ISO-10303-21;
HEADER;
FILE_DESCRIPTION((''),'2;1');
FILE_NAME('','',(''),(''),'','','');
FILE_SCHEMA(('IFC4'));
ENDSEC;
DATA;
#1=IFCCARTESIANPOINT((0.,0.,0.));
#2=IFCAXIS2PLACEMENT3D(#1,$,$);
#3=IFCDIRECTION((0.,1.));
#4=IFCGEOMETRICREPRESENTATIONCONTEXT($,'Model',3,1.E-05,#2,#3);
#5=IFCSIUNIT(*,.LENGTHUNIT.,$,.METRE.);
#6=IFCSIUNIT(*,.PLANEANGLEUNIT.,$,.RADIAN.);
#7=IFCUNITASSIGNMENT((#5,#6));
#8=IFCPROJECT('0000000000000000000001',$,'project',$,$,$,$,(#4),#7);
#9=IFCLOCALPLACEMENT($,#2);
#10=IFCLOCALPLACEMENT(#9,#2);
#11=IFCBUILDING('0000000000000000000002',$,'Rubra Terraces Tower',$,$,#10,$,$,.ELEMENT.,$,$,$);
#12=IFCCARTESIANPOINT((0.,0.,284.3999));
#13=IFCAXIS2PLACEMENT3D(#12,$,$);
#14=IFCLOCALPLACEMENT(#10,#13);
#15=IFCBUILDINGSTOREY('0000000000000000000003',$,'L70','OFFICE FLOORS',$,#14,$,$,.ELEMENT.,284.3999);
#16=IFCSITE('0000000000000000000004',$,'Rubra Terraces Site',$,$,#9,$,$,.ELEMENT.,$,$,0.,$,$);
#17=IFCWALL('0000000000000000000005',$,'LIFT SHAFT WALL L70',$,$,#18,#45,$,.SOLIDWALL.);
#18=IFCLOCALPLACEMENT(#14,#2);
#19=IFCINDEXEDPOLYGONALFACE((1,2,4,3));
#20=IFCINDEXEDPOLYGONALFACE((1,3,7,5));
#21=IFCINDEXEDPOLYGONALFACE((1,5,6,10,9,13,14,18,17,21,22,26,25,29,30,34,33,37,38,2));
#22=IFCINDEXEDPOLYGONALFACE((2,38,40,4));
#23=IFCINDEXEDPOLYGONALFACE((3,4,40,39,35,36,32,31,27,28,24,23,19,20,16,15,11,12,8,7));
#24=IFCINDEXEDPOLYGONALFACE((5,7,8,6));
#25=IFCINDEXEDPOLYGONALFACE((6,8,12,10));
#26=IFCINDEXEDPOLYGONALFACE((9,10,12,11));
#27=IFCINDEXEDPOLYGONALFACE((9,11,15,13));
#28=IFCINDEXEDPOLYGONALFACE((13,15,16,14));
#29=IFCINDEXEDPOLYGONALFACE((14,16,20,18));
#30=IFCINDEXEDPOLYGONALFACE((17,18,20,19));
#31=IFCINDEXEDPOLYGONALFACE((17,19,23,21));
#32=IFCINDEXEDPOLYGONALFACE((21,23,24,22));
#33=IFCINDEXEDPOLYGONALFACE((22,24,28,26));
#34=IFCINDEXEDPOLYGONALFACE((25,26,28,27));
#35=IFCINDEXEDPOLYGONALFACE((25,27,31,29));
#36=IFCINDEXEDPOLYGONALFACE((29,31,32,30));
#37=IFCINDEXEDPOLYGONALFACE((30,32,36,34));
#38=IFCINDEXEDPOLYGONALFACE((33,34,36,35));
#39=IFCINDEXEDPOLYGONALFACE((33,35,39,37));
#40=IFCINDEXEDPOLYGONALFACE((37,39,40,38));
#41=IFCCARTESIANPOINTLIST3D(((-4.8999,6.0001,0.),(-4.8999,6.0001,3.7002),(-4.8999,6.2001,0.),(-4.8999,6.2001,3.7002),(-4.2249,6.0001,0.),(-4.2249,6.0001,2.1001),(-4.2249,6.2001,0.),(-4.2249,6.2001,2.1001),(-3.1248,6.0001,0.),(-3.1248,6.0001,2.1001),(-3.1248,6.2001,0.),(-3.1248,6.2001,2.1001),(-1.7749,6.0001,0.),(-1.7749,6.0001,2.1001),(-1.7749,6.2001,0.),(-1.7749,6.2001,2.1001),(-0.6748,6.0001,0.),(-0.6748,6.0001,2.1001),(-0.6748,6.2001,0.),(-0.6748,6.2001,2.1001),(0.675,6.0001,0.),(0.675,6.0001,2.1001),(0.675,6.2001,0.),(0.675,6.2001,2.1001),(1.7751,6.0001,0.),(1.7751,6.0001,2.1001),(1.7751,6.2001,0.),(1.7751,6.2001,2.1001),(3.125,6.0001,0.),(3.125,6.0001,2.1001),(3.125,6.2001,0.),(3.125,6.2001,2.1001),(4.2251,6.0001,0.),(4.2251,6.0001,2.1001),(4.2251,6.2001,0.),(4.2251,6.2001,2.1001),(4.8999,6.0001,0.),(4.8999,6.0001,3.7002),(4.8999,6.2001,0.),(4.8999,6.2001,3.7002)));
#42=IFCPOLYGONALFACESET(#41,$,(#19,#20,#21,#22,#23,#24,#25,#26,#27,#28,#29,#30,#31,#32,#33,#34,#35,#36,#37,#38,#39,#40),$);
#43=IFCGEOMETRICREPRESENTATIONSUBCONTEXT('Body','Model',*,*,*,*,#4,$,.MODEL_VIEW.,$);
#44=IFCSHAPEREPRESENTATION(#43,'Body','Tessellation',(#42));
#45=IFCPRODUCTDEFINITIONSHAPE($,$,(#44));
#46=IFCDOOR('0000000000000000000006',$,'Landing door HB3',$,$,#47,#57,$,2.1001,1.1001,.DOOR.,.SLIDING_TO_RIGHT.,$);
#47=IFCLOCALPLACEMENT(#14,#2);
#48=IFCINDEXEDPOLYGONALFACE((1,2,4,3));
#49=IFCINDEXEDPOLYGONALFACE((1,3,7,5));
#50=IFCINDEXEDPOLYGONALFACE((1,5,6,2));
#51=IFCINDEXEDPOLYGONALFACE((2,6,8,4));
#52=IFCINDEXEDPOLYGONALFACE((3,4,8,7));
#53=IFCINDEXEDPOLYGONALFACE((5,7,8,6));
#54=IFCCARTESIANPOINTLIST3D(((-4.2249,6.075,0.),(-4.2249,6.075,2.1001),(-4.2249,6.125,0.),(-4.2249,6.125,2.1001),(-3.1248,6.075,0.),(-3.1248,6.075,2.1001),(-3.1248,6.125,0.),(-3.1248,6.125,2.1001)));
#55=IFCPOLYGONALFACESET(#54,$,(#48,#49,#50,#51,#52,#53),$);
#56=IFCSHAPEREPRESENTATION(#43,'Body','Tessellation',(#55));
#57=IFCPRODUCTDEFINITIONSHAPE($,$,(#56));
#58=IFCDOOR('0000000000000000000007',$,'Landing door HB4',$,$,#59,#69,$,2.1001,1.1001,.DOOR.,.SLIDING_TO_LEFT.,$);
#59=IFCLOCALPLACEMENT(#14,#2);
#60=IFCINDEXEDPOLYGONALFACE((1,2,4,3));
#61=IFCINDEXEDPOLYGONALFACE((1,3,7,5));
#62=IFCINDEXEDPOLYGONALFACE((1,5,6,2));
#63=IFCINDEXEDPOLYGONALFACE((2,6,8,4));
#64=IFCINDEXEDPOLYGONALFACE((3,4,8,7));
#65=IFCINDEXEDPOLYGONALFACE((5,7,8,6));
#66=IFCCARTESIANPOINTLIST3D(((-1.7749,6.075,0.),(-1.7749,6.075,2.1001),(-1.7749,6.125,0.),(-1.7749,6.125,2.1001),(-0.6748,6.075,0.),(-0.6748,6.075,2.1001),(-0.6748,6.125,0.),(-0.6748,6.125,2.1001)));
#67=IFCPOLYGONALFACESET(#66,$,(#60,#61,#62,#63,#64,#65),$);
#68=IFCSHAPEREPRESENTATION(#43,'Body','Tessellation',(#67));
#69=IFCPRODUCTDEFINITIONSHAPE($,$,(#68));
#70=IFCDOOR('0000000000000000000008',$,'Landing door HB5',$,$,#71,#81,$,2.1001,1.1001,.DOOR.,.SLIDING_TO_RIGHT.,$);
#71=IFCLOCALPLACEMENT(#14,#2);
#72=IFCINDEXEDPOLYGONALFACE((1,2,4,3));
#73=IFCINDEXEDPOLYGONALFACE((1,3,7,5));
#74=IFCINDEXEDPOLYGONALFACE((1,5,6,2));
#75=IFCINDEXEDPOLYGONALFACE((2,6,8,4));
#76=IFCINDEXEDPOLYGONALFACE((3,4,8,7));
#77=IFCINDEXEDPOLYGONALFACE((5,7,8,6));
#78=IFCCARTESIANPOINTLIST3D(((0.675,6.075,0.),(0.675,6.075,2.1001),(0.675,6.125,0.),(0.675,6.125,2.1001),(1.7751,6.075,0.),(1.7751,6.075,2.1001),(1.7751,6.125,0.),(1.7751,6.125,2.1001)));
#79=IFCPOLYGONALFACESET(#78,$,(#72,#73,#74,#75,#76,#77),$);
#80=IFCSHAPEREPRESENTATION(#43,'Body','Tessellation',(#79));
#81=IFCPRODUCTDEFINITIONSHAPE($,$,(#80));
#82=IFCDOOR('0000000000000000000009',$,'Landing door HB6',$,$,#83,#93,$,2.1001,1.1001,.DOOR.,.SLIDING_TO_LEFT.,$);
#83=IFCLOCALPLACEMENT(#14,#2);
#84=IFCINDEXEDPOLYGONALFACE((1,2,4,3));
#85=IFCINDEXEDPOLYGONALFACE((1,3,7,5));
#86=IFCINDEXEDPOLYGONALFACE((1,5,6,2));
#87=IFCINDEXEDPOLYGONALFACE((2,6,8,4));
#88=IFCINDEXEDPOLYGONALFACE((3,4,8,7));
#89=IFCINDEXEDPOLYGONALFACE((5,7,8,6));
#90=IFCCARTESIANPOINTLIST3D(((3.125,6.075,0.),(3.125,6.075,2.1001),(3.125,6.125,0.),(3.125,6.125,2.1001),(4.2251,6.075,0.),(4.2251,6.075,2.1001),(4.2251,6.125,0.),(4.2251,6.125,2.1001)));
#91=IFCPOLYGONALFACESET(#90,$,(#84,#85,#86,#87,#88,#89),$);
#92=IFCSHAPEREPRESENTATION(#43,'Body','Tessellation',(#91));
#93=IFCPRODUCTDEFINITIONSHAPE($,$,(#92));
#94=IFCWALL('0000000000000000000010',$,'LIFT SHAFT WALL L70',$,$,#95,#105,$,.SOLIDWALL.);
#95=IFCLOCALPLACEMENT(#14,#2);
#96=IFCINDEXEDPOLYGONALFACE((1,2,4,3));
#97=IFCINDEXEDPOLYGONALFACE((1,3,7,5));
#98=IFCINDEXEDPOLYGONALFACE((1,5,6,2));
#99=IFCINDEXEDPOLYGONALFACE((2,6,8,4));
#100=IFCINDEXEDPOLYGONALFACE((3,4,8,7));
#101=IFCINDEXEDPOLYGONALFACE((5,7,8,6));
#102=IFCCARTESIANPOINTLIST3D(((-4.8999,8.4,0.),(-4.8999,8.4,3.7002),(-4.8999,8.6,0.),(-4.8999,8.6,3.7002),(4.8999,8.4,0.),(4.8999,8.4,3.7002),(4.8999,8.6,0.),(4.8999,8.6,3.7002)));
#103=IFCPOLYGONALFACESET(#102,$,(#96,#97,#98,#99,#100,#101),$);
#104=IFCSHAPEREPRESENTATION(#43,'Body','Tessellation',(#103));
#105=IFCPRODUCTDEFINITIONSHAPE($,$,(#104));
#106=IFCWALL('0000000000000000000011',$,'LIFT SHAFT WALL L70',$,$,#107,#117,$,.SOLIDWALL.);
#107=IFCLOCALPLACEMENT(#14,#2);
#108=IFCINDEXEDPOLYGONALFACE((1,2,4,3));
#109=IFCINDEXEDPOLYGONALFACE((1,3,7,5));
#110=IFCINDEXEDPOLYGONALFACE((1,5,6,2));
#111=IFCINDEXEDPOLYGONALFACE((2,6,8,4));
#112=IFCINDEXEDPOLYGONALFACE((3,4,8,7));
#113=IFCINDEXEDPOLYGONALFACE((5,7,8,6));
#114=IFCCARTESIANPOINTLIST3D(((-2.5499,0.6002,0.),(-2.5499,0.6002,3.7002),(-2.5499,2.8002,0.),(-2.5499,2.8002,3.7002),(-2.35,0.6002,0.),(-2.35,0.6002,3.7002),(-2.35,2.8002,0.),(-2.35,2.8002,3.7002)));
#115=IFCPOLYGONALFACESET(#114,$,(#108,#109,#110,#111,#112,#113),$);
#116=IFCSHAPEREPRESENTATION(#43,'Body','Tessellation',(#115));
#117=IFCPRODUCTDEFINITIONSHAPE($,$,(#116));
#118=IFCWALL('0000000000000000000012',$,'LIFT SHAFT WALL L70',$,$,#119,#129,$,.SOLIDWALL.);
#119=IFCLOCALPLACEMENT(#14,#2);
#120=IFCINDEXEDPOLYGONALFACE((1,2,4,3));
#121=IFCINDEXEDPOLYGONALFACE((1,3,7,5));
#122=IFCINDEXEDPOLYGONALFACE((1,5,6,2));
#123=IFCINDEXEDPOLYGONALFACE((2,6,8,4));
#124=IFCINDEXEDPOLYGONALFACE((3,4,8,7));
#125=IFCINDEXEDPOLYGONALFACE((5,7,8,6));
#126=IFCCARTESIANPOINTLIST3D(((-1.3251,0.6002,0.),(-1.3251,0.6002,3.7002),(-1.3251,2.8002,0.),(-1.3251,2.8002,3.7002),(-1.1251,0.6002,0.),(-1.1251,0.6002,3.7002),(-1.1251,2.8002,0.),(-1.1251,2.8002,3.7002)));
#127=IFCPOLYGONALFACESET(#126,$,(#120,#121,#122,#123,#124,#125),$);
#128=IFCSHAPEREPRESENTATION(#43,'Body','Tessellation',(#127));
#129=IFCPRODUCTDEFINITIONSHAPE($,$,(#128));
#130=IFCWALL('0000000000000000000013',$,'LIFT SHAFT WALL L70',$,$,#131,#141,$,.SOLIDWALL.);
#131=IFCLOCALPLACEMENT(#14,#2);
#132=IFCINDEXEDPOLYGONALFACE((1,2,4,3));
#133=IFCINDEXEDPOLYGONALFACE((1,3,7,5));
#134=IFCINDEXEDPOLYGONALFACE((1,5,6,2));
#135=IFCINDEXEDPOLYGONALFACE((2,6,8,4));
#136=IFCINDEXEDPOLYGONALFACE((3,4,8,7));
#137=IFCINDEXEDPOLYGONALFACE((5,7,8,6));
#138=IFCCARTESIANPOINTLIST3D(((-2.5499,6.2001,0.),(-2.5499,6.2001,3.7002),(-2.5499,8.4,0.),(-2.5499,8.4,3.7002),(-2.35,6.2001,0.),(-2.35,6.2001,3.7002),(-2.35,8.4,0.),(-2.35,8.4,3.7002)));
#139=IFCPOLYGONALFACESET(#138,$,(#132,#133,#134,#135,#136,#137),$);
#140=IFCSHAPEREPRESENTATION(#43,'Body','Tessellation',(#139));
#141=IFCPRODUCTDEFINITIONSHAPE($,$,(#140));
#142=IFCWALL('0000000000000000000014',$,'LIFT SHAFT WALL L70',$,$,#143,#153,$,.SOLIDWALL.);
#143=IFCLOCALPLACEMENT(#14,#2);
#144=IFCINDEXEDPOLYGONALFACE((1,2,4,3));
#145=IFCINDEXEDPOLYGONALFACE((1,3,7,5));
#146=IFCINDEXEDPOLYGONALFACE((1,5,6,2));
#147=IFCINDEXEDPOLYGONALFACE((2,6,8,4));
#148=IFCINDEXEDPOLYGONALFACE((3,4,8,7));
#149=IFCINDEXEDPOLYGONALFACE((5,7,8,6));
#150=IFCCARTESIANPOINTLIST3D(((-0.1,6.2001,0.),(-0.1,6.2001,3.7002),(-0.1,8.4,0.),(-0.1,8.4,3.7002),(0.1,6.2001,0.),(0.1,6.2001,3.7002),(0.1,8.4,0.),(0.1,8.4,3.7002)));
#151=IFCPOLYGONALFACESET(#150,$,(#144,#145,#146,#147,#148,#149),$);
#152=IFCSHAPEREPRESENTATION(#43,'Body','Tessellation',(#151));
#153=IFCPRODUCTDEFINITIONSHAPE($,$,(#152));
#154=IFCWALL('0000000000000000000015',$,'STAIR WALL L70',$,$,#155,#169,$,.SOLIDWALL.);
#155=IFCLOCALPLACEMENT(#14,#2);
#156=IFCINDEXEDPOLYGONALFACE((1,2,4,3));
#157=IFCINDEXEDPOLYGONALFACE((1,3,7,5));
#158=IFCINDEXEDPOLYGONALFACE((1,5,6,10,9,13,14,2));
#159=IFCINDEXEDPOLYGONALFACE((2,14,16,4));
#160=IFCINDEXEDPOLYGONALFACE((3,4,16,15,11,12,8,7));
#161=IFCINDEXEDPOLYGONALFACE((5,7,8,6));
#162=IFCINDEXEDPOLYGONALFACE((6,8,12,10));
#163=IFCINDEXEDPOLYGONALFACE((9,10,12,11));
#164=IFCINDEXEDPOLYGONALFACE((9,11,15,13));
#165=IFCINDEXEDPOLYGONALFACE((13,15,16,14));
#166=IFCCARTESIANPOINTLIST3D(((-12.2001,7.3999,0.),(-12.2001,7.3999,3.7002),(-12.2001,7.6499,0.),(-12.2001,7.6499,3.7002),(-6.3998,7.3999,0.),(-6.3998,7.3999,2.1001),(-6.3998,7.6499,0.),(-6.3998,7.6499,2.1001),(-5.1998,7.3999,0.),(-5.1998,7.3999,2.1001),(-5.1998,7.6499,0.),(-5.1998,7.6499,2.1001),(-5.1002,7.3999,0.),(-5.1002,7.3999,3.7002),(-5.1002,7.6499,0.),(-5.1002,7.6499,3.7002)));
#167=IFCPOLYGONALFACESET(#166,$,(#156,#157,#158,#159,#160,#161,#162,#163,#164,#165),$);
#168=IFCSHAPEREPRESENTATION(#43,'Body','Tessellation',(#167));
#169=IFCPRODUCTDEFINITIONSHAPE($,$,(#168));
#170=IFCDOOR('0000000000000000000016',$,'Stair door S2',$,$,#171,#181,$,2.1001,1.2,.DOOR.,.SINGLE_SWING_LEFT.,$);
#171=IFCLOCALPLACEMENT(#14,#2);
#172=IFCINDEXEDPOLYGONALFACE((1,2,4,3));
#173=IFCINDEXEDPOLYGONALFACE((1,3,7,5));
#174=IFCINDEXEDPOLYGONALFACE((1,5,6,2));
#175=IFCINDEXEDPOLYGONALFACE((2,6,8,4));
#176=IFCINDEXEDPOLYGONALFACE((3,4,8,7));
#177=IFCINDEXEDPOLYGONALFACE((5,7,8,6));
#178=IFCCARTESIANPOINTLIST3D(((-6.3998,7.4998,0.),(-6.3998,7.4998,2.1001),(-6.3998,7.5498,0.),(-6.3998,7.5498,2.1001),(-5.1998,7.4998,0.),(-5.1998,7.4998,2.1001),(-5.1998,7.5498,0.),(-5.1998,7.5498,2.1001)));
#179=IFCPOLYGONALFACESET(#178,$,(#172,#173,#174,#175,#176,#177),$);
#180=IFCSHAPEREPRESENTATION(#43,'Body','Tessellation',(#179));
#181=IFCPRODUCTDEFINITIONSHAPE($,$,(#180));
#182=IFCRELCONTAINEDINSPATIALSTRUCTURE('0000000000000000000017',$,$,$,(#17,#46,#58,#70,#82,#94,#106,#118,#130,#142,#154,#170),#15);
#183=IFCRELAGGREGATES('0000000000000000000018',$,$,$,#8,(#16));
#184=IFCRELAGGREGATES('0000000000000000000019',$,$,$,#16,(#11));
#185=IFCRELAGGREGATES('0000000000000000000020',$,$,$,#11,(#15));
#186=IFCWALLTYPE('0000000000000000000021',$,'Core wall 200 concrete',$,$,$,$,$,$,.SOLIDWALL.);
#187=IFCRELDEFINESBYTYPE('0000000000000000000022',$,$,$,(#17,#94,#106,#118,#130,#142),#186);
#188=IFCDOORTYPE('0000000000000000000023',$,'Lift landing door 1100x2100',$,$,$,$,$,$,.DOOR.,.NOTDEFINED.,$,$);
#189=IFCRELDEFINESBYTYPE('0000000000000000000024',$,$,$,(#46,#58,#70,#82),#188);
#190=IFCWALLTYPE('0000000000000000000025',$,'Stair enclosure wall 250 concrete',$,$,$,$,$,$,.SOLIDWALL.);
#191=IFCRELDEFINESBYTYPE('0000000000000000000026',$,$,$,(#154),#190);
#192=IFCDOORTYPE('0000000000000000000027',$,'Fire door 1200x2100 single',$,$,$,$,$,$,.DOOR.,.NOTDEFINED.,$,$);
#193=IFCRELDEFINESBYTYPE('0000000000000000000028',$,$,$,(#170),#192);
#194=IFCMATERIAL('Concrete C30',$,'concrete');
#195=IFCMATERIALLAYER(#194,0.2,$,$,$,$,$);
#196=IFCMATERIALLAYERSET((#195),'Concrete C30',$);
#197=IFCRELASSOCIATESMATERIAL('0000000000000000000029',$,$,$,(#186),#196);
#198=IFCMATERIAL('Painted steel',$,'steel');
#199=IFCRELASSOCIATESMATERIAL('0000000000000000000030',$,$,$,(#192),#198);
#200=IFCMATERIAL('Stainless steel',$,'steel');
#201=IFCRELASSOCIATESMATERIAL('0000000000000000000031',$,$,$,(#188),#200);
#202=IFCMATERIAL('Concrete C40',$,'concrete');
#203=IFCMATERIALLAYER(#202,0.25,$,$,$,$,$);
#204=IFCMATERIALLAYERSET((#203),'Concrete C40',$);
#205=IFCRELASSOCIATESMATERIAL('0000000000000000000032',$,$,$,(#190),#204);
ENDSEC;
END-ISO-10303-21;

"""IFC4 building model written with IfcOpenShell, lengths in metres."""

from ifc_helpers import new_model, si_unit, direction, frame, frame_2d, origin, place, context, subcontext, project, spatial, rectangle, extrude, material, layer, layer_set, type_object, element, fill, save


model = new_model("IFC4")

# Units and contexts
model_context = context("Model", 3, precision=1e-05, world=origin(), true_north=direction((0.0, 1.0)))
body_context = subcontext(model_context, "Body", "Model", "MODEL_VIEW")
ifc_project = project(units=[si_unit("LENGTHUNIT", "METRE"), si_unit("PLANEANGLEUNIT", "RADIAN")], contexts=[model_context])

# Site, building, storey
site_placement = place(None, origin())
site = spatial("IfcSite", under=ifc_project, at=site_placement, Name="Rubra Terraces Site", CompositionType="ELEMENT", RefElevation=0.0)
building_placement = place(site_placement, origin())
building = spatial("IfcBuilding", under=site, at=building_placement, Name="Rubra Terraces Tower", CompositionType="ELEMENT")
storey_placement = place(building_placement, frame((0.0, 0.0, 284.3999)))
storey = spatial("IfcBuildingStorey", under=building, at=storey_placement, Name="L70", Description="OFFICE FLOORS", CompositionType="ELEMENT", Elevation=284.3999)

# Shared definitions
ifc_material_1 = material(Name="Concrete C40", Category="concrete")

# Shared definitions
ifc_material_2 = material(Name="Concrete C30", Category="concrete")
ifc_layer_1 = layer(ifc_material_2, 0.2)
ifc_layer_set_1 = layer_set([ifc_layer_1], Name="Concrete C30")
wall_type_1 = type_object("IfcWallType", Name="Core wall 200 concrete", PredefinedType="SOLIDWALL", material=ifc_layer_set_1)
ifc_material_3 = material(Name="Painted steel", Category="steel")
door_type_1 = type_object("IfcDoorType", Name="Fire door 1200x2100 single", OperationType="NOTDEFINED", PredefinedType="DOOR", material=ifc_material_3)
ifc_material_4 = material(Name="Stainless steel", Category="steel")

# Wall, openings, doors
door_type_2 = type_object("IfcDoorType", Name="Lift landing door 1100x2100", OperationType="NOTDEFINED", PredefinedType="DOOR", material=ifc_material_4)
wall_1_placement = place(storey_placement, frame((-4.8999, 6.1001, 0.0), z_axis=(0.0, 0.0, 1.0), x_axis=(1.0, 0.0, 0.0)))
wall_1 = element("IfcWall", 1, at=wall_1_placement, inside=storey, type_object=wall_type_1, Name="LIFT SHAFT WALL L70", PredefinedType="SOLIDWALL", context=body_context, shape_type="SweptSolid", body=[
    extrude(rectangle(XDim=9.7998, YDim=0.2, at=frame_2d((4.8999, 0.0))), origin(), (0.0, 0.0, 1.0), 3.7002),
])
opening_1_placement = place(wall_1_placement, frame((0.675, 0.0, 0.0)))
opening_1 = element("IfcOpeningElement", 2, at=opening_1_placement, cuts=wall_1, PredefinedType="OPENING", context=body_context, shape_type="SweptSolid", body=[
    extrude(rectangle(XDim=1.1001, YDim=2.1001, at=frame_2d((0.55, 1.05))), frame((0.0, 0.1099, 0.0), z_axis=(0.0, -1.0, 0.0), x_axis=(1.0, 0.0, 0.0)), (0.0, 0.0, 1.0), 0.22),
])
opening_2_placement = place(wall_1_placement, frame((3.125, 0.0, 0.0)))
opening_2 = element("IfcOpeningElement", 3, at=opening_2_placement, cuts=wall_1, PredefinedType="OPENING", context=body_context, shape_type="SweptSolid", body=[
    extrude(rectangle(XDim=1.1001, YDim=2.1001, at=frame_2d((0.55, 1.05))), frame((0.0, 0.1099, 0.0), z_axis=(0.0, -1.0, 0.0), x_axis=(1.0, 0.0, 0.0)), (0.0, 0.0, 1.0), 0.22),
])
opening_3_placement = place(wall_1_placement, frame((5.575, 0.0, 0.0)))
opening_3 = element("IfcOpeningElement", 4, at=opening_3_placement, cuts=wall_1, PredefinedType="OPENING", context=body_context, shape_type="SweptSolid", body=[
    extrude(rectangle(XDim=1.1001, YDim=2.1001, at=frame_2d((0.55, 1.05))), frame((0.0, 0.1099, 0.0), z_axis=(0.0, -1.0, 0.0), x_axis=(1.0, 0.0, 0.0)), (0.0, 0.0, 1.0), 0.22),
])
opening_4_placement = place(wall_1_placement, frame((8.0249, 0.0, 0.0)))
opening_4 = element("IfcOpeningElement", 5, at=opening_4_placement, cuts=wall_1, PredefinedType="OPENING", context=body_context, shape_type="SweptSolid", body=[
    extrude(rectangle(XDim=1.1001, YDim=2.1001, at=frame_2d((0.55, 1.05))), frame((0.0, 0.1099, 0.0), z_axis=(0.0, -1.0, 0.0), x_axis=(1.0, 0.0, 0.0)), (0.0, 0.0, 1.0), 0.22),
])
door_1_placement = place(opening_1_placement, origin())
door_1 = element("IfcDoor", 6, at=door_1_placement, inside=storey, type_object=door_type_2, Name="Landing door HB3", OperationType="SLIDING_TO_RIGHT", OverallHeight=2.1001, OverallWidth=1.1001, PredefinedType="DOOR", context=body_context, shape_type="SweptSolid", body=[
    extrude(rectangle(XDim=1.1001, YDim=2.1001, at=frame_2d((0.55, 1.05))), frame((0.0, 0.0249, 0.0), z_axis=(0.0, -1.0, 0.0), x_axis=(1.0, 0.0, 0.0)), (0.0, 0.0, 1.0), 0.05),
])
fill(opening_1, door_1)
door_2_placement = place(opening_2_placement, origin())
door_2 = element("IfcDoor", 7, at=door_2_placement, inside=storey, type_object=door_type_2, Name="Landing door HB4", OperationType="SLIDING_TO_LEFT", OverallHeight=2.1001, OverallWidth=1.1001, PredefinedType="DOOR", context=body_context, shape_type="SweptSolid", body=[
    extrude(rectangle(XDim=1.1001, YDim=2.1001, at=frame_2d((0.55, 1.05))), frame((0.0, 0.0249, 0.0), z_axis=(0.0, -1.0, 0.0), x_axis=(1.0, 0.0, 0.0)), (0.0, 0.0, 1.0), 0.05),
])
fill(opening_2, door_2)
door_3_placement = place(opening_3_placement, origin())
door_3 = element("IfcDoor", 8, at=door_3_placement, inside=storey, type_object=door_type_2, Name="Landing door HB5", OperationType="SLIDING_TO_RIGHT", OverallHeight=2.1001, OverallWidth=1.1001, PredefinedType="DOOR", context=body_context, shape_type="SweptSolid", body=[
    extrude(rectangle(XDim=1.1001, YDim=2.1001, at=frame_2d((0.55, 1.05))), frame((0.0, 0.0249, 0.0), z_axis=(0.0, -1.0, 0.0), x_axis=(1.0, 0.0, 0.0)), (0.0, 0.0, 1.0), 0.05),
])
fill(opening_3, door_3)
door_4_placement = place(opening_4_placement, origin())
door_4 = element("IfcDoor", 9, at=door_4_placement, inside=storey, type_object=door_type_2, Name="Landing door HB6", OperationType="SLIDING_TO_LEFT", OverallHeight=2.1001, OverallWidth=1.1001, PredefinedType="DOOR", context=body_context, shape_type="SweptSolid", body=[
    extrude(rectangle(XDim=1.1001, YDim=2.1001, at=frame_2d((0.55, 1.05))), frame((0.0, 0.0249, 0.0), z_axis=(0.0, -1.0, 0.0), x_axis=(1.0, 0.0, 0.0)), (0.0, 0.0, 1.0), 0.05),
])
fill(opening_4, door_4)

# Walls
wall_2_placement = place(storey_placement, frame((-4.8999, 8.5, 0.0), z_axis=(0.0, 0.0, 1.0), x_axis=(1.0, 0.0, 0.0)))
element("IfcWall", 10, at=wall_2_placement, inside=storey, type_object=wall_type_1, Name="LIFT SHAFT WALL L70", PredefinedType="SOLIDWALL", context=body_context, shape_type="SweptSolid", body=[
    extrude(rectangle(XDim=9.7998, YDim=0.2, at=frame_2d((4.8999, 0.0))), origin(), (0.0, 0.0, 1.0), 3.7002),
])
for number, where, z_axis, x_axis, name in (
    (11, (-2.45, 0.6001, 0.0), (0.0, 0.0, 1.0), (0.0, 1.0, 0.0), "LIFT SHAFT WALL L70"),
    (12, (-1.2251, 0.6001, 0.0), (0.0, 0.0, 1.0), (0.0, 1.0, 0.0), "LIFT SHAFT WALL L70"),
    (13, (-2.45, 6.2, 0.0), (0.0, 0.0, 1.0), (0.0, 1.0, 0.0), "LIFT SHAFT WALL L70"),
    (14, (0.0, 6.2, 0.0), (0.0, 0.0, 1.0), (0.0, 1.0, 0.0), "LIFT SHAFT WALL L70"),
):
    element("IfcWall", number, at=place(storey_placement, frame(where, z_axis=z_axis, x_axis=x_axis)), inside=storey, type_object=wall_type_1, Name=name, PredefinedType="SOLIDWALL", context=body_context, shape_type="SweptSolid", body=[
        extrude(rectangle(XDim=2.2, YDim=0.2, at=frame_2d((1.1001, 0.0))), origin(), (0.0, 0.0, 1.0), 3.7002),
    ])

# Wall, opening, door
ifc_layer_2 = layer(ifc_material_1, 0.25)
ifc_layer_set_2 = layer_set([ifc_layer_2], Name="Concrete C40")
wall_type_2 = type_object("IfcWallType", Name="Stair enclosure wall 250 concrete", PredefinedType="SOLIDWALL", material=ifc_layer_set_2)
wall_3_placement = place(storey_placement, frame((-12.2, 7.5249, 0.0), z_axis=(0.0, 0.0, 1.0), x_axis=(1.0, 0.0, 0.0)))
wall_3 = element("IfcWall", 15, at=wall_3_placement, inside=storey, type_object=wall_type_2, Name="STAIR WALL L70", PredefinedType="SOLIDWALL", context=body_context, shape_type="SweptSolid", body=[
    extrude(rectangle(XDim=7.0999, YDim=0.25, at=frame_2d((3.5498, 0.0))), origin(), (0.0, 0.0, 1.0), 3.7002),
])
opening_5_placement = place(wall_3_placement, frame((5.8, 0.0, 0.0)))
opening_5 = element("IfcOpeningElement", 16, at=opening_5_placement, cuts=wall_3, PredefinedType="OPENING", context=body_context, shape_type="SweptSolid", body=[
    extrude(rectangle(XDim=1.2, YDim=2.1001, at=frame_2d((0.6001, 1.05))), frame((0.0, 0.135, 0.0), z_axis=(0.0, -1.0, 0.0), x_axis=(1.0, 0.0, 0.0)), (0.0, 0.0, 1.0), 0.27),
])
door_5_placement = place(opening_5_placement, origin())
door_5 = element("IfcDoor", 17, at=door_5_placement, inside=storey, type_object=door_type_1, Name="Stair door S2", OperationType="SINGLE_SWING_LEFT", OverallHeight=2.1001, OverallWidth=1.2, PredefinedType="DOOR", context=body_context, shape_type="SweptSolid", body=[
    extrude(rectangle(XDim=1.2, YDim=2.1001, at=frame_2d((0.6001, 1.05))), frame((0.0, 0.0249, 0.0), z_axis=(0.0, -1.0, 0.0), x_axis=(1.0, 0.0, 0.0)), (0.0, 0.0, 1.0), 0.05),
])
fill(opening_5, door_5)

save(model, "model.ifc")
